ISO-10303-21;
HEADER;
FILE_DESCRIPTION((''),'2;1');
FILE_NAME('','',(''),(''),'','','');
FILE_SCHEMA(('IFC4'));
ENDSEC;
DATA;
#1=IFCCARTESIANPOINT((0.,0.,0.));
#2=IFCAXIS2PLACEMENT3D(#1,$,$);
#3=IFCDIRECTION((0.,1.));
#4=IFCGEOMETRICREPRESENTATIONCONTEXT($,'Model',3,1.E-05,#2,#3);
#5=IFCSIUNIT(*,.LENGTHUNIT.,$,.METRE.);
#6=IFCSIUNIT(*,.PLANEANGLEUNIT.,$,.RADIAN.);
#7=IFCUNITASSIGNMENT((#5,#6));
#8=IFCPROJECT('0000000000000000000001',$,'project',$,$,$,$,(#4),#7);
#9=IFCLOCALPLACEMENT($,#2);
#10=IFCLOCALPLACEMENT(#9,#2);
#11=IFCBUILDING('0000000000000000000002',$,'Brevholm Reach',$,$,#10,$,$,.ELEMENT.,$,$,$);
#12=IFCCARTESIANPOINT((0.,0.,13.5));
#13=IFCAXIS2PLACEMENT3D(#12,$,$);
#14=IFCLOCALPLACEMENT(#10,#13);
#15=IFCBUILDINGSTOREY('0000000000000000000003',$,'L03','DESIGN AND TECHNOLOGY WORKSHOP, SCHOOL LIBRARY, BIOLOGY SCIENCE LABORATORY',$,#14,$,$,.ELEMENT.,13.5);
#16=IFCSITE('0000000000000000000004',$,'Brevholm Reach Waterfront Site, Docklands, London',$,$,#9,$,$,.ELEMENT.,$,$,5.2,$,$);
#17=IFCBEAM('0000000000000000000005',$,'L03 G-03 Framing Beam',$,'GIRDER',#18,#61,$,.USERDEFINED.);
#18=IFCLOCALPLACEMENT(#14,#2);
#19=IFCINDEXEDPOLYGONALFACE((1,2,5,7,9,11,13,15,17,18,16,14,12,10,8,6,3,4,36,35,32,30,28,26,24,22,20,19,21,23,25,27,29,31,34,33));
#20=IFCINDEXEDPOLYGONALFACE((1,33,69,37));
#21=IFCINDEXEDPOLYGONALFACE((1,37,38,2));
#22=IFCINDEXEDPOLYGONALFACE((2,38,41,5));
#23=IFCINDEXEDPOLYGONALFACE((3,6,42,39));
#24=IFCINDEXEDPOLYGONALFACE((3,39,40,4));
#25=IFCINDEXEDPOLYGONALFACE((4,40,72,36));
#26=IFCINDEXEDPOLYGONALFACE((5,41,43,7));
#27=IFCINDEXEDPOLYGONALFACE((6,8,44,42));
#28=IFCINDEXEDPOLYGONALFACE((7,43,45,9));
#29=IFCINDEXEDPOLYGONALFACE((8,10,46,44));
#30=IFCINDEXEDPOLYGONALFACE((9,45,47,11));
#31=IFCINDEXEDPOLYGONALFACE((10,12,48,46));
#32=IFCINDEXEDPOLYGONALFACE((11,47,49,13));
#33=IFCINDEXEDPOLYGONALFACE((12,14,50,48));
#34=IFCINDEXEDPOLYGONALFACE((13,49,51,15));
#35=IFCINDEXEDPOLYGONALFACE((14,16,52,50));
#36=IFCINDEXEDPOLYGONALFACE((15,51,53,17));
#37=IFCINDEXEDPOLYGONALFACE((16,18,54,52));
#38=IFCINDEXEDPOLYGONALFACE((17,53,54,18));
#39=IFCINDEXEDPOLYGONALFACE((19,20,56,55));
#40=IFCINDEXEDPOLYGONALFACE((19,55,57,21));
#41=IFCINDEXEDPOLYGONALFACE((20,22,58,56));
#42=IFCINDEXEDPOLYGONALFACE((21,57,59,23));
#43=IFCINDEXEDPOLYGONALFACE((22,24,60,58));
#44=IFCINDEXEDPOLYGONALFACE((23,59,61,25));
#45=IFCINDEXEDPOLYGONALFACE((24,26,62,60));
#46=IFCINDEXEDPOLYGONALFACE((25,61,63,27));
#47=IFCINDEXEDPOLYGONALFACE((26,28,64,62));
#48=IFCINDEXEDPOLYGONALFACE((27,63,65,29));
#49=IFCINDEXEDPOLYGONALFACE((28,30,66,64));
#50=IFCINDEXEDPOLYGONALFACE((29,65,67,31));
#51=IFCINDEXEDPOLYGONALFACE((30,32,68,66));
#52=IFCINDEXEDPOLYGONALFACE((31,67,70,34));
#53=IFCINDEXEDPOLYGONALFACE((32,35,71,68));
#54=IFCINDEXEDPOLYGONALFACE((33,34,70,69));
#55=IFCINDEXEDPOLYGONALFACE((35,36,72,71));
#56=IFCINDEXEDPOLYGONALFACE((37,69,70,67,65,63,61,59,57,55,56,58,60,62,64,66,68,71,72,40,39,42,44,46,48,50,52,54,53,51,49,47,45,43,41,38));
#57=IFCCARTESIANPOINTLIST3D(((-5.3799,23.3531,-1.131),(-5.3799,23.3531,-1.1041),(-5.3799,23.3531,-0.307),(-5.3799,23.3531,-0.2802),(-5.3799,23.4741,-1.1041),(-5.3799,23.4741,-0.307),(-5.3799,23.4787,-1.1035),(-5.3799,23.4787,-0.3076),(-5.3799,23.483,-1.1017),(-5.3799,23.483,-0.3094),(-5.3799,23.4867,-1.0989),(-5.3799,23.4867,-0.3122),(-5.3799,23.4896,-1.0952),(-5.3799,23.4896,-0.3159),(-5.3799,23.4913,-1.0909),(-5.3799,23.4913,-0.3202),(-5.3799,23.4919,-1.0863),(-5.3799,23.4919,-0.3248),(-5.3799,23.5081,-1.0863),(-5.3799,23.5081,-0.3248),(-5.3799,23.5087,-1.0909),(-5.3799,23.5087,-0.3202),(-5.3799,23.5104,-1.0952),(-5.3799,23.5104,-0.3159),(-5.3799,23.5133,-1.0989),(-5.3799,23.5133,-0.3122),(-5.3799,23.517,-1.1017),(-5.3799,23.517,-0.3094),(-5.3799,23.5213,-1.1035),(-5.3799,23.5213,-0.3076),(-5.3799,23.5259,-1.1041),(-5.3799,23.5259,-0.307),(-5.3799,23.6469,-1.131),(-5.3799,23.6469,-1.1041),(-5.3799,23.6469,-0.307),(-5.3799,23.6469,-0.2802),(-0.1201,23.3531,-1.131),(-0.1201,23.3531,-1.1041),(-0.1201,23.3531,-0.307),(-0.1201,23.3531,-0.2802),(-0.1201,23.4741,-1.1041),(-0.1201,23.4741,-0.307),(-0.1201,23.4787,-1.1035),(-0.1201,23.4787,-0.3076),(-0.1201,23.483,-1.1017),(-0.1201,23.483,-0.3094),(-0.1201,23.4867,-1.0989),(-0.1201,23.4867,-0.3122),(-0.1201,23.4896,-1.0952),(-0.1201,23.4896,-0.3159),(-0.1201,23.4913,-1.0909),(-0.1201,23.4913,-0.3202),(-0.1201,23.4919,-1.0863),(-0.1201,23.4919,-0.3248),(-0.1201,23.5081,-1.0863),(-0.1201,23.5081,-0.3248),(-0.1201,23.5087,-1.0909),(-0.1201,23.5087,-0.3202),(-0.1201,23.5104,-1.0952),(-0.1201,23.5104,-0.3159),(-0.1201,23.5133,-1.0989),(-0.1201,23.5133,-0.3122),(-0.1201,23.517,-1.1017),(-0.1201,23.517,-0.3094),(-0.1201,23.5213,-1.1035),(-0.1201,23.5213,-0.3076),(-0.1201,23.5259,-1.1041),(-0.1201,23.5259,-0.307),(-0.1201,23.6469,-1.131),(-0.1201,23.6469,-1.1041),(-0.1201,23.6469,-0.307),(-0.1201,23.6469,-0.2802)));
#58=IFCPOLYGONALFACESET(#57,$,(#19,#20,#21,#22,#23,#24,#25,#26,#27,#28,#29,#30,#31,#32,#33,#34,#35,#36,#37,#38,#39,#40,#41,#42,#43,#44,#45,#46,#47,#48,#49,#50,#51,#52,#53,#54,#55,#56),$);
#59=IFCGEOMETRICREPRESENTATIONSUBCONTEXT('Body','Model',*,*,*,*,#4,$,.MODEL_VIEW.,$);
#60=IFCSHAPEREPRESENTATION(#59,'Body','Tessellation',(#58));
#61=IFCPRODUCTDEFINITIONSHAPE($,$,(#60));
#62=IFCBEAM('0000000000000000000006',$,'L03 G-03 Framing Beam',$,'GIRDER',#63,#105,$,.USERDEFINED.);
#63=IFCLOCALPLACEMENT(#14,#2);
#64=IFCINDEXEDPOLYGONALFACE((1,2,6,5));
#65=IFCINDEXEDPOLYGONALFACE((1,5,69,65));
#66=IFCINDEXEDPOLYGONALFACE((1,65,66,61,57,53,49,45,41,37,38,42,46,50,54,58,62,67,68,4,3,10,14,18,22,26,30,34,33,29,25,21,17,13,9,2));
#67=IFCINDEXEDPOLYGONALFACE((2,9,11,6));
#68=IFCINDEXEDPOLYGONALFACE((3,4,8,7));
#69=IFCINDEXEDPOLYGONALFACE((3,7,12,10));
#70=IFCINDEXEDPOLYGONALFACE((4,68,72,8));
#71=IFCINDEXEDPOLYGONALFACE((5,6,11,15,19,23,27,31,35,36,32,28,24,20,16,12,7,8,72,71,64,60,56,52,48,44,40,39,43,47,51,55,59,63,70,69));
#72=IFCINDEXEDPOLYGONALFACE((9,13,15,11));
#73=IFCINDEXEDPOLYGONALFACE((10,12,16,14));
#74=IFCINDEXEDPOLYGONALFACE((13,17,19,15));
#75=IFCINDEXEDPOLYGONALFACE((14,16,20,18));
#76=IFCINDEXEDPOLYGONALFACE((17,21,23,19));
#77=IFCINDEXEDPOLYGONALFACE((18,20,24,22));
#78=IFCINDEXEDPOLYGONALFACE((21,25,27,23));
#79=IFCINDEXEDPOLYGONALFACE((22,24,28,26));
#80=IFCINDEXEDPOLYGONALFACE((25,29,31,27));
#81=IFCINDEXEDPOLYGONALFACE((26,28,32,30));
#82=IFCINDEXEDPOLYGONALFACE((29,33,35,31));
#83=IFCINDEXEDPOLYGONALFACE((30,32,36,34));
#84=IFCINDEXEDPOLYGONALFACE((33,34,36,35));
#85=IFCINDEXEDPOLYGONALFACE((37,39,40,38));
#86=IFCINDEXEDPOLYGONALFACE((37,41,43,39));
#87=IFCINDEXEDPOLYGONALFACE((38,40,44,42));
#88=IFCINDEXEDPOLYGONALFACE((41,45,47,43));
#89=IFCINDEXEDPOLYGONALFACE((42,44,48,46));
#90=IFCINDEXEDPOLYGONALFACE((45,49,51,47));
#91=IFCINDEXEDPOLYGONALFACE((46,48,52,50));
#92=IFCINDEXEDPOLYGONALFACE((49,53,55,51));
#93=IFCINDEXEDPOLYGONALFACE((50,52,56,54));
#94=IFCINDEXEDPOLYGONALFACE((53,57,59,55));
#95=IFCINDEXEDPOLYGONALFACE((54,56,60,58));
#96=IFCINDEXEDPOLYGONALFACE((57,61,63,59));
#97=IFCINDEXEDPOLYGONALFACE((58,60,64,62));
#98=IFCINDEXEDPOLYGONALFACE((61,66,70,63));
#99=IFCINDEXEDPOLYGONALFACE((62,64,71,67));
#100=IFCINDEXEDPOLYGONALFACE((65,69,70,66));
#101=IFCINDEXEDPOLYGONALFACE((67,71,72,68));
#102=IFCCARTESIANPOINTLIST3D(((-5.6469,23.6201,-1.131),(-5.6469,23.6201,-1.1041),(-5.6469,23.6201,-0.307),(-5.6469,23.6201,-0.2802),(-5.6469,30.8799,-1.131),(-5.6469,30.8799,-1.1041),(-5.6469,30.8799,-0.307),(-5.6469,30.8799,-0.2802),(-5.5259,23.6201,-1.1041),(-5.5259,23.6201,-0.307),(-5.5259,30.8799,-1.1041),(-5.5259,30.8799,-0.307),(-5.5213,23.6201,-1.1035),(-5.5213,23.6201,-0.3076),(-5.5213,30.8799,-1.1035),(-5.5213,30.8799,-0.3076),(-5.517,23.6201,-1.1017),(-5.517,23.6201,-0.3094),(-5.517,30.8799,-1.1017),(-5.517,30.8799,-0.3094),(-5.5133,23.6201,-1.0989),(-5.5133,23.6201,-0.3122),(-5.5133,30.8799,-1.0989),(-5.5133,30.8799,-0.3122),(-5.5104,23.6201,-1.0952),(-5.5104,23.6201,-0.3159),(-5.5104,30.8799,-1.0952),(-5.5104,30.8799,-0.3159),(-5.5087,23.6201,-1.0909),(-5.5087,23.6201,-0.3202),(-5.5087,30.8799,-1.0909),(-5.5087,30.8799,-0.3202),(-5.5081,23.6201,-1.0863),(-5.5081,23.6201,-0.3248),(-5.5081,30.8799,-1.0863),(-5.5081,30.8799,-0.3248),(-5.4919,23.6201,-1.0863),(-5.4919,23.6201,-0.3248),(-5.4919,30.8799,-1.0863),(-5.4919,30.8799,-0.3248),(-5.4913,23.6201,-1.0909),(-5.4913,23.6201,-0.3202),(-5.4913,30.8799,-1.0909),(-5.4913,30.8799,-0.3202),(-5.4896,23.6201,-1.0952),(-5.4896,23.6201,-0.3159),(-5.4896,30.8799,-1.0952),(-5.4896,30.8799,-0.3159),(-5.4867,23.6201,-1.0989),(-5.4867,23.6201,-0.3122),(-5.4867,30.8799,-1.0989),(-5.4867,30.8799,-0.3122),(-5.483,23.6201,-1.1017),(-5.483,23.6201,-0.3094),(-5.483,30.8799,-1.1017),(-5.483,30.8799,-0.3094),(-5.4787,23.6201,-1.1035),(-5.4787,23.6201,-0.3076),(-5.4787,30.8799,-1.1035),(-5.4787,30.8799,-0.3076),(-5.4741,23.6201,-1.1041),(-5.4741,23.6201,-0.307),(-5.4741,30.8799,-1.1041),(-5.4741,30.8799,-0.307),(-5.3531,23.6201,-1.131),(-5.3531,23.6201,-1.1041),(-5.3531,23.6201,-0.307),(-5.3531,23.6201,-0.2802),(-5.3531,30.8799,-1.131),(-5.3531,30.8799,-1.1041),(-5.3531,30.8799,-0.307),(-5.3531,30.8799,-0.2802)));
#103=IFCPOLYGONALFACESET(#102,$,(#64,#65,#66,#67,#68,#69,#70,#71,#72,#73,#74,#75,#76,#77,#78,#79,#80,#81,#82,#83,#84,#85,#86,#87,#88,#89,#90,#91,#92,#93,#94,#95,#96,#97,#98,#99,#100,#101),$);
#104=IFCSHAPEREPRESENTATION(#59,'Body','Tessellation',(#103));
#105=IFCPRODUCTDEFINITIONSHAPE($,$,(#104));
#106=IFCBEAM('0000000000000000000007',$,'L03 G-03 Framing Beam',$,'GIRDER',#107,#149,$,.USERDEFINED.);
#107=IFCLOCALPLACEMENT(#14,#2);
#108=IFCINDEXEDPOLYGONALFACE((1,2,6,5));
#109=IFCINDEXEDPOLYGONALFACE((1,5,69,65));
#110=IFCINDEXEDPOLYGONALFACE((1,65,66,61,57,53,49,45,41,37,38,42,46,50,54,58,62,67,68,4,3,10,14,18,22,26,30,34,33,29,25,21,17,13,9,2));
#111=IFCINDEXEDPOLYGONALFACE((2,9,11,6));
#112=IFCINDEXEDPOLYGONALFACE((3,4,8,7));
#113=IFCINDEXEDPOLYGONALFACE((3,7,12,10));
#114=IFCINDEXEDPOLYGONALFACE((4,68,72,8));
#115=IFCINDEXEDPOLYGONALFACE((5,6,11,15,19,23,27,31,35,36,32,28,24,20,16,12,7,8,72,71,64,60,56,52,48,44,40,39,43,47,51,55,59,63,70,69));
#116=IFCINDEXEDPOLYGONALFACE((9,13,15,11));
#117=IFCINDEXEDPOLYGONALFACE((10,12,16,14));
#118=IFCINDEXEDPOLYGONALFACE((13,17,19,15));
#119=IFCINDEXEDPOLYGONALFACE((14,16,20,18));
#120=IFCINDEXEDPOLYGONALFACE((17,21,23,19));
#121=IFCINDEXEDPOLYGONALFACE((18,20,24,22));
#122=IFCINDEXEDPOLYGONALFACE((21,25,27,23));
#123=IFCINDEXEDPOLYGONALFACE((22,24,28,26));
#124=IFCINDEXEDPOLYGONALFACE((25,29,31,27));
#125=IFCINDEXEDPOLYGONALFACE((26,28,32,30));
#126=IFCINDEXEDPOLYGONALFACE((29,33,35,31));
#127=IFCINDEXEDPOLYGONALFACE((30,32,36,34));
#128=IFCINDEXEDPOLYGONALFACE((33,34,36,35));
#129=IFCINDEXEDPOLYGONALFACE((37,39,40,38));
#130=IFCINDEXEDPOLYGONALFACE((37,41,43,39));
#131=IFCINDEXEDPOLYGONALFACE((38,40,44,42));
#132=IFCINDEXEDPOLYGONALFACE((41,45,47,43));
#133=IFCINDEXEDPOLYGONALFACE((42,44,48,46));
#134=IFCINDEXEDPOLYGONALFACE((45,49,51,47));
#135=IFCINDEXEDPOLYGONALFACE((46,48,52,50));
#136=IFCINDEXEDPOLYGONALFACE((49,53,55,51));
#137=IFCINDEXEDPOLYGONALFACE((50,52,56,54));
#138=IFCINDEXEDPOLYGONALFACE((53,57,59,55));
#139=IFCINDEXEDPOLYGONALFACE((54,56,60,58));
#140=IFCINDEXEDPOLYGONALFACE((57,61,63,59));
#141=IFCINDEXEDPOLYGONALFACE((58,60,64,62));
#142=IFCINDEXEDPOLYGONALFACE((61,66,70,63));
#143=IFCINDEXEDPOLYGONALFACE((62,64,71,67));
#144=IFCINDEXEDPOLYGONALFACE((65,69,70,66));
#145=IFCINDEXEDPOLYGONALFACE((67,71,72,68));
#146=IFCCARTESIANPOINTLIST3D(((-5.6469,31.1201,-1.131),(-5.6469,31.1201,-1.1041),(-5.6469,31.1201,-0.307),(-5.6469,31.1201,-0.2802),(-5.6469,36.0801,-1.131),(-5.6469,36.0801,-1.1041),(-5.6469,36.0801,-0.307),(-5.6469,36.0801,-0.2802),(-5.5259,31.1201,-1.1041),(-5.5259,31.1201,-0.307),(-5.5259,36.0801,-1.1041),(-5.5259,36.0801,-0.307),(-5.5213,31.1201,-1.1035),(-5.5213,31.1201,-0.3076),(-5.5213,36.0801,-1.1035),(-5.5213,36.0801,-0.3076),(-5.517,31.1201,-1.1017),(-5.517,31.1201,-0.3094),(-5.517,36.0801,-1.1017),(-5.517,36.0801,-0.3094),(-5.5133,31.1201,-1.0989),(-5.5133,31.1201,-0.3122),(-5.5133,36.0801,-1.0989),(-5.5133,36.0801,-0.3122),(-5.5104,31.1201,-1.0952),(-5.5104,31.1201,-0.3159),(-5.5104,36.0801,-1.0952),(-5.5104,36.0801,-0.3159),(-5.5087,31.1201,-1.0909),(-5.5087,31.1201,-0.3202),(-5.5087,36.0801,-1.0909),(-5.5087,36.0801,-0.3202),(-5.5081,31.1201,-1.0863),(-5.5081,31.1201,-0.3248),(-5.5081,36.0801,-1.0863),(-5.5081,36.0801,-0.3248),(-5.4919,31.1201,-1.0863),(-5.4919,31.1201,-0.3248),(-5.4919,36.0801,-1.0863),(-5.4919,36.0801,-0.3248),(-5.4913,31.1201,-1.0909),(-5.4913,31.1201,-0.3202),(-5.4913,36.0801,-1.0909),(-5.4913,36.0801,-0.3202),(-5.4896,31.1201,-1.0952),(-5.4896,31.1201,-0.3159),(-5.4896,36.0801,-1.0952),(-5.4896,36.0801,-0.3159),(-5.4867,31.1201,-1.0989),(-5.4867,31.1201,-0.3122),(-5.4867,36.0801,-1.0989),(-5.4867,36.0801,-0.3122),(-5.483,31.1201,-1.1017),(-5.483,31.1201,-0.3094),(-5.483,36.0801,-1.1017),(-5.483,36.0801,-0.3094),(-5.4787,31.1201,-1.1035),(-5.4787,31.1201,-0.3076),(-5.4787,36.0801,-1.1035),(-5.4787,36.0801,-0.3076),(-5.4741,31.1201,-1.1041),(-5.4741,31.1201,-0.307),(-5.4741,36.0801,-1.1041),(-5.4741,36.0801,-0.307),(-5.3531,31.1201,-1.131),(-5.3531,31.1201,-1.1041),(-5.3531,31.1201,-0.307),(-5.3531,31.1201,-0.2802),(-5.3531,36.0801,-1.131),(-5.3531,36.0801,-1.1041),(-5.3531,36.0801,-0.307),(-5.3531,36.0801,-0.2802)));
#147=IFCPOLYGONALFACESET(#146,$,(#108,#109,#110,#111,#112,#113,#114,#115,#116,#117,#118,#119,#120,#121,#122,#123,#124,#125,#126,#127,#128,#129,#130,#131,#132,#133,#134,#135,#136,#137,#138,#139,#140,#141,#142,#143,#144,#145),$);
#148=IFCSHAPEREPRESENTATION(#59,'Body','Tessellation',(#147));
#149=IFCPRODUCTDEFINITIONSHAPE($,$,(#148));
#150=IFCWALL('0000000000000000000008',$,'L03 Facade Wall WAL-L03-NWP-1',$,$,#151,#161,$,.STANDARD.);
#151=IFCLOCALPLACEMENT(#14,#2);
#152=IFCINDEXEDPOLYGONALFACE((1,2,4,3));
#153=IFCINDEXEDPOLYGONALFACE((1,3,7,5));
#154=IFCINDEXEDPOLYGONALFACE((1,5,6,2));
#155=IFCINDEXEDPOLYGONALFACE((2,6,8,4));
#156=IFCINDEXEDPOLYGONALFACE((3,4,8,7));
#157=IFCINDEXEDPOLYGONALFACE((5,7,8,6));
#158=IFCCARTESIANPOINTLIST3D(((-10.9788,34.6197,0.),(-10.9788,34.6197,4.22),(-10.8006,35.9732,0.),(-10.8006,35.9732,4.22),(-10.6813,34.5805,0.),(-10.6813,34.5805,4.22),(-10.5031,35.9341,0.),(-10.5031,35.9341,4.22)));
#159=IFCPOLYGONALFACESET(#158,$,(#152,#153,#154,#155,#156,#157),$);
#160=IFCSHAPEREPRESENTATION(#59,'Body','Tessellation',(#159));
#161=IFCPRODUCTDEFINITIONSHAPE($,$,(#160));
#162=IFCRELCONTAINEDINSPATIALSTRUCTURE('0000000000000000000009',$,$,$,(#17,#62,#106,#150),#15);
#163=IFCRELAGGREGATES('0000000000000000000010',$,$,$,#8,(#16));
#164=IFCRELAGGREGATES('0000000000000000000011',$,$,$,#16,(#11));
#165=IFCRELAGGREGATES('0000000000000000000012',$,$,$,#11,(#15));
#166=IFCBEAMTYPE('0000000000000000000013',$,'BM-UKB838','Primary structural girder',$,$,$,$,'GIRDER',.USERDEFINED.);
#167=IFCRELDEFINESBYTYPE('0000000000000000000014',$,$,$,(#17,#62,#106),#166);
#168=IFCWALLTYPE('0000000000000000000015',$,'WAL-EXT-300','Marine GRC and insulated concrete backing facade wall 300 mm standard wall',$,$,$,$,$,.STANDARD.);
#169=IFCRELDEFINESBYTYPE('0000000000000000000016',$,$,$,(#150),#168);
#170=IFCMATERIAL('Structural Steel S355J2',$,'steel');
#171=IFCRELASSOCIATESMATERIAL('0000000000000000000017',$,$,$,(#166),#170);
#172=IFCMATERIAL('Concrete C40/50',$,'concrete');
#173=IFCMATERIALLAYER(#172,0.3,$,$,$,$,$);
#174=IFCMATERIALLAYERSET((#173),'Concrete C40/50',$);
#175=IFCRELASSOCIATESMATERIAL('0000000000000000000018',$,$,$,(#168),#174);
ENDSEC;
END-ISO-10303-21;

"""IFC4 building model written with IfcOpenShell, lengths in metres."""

from ifc_helpers import new_model, si_unit, direction, frame, frame_2d, origin, origin_2d, place, context, subcontext, project, spatial, rectangle, i_section, extrude, material, layer, layer_set, material_profile, profile_set, type_object, element, save


model = new_model("IFC4")

# Units and contexts
model_context = context("Model", 3, precision=1e-05, world=origin(), true_north=direction((0.0, 1.0)))
body_context = subcontext(model_context, "Body", "Model", "MODEL_VIEW")
ifc_project = project(units=[si_unit("LENGTHUNIT", "METRE"), si_unit("PLANEANGLEUNIT", "RADIAN")], contexts=[model_context])

# Site, building, storey
site_placement = place(None, origin())
site = spatial("IfcSite", under=ifc_project, at=site_placement, Name="Brevholm Reach Waterfront Site, Docklands, London", CompositionType="ELEMENT", RefElevation=5.2)
building_placement = place(site_placement, origin())
building = spatial("IfcBuilding", under=site, at=building_placement, Name="Brevholm Reach", CompositionType="ELEMENT")
storey_placement = place(building_placement, frame((0.0, 0.0, 13.5)))
storey = spatial("IfcBuildingStorey", under=building, at=storey_placement, Name="L03", Description="DESIGN AND TECHNOLOGY WORKSHOP, SCHOOL LIBRARY, BIOLOGY SCIENCE LABORATORY", CompositionType="ELEMENT", Elevation=13.5)

# Beams
ifc_material_1 = material(Name="Structural Steel S355J2", Category="steel")
ifc_material_profile_1 = material_profile(ifc_material_1, i_section(OverallWidth=0.2937, OverallDepth=0.8508, WebThickness=0.0161, FlangeThickness=0.0269, FilletRadius=0.0178, at=origin_2d()), Name="UKB 838x292x226")
ifc_profile_set_1 = profile_set([ifc_material_profile_1], Name="Structural Steel S355J2")
beam_type_1 = type_object("IfcBeamType", Name="BM-UKB838", Description="Primary structural girder", ElementType="GIRDER", PredefinedType="USERDEFINED", material=ifc_profile_set_1)
beam_1_placement = place(storey_placement, frame((-5.3799, 23.5, -0.7056), z_axis=(1.0, 0.0, 0.0), x_axis=(0.0, 1.0, 0.0)))
element("IfcBeam", 1, at=beam_1_placement, inside=storey, type_object=beam_type_1, Name="L03 G-03 Framing Beam", ObjectType="GIRDER", PredefinedType="USERDEFINED", context=body_context, shape_type="SweptSolid", body=[
    extrude(i_section(OverallWidth=0.2937, OverallDepth=0.8508, WebThickness=0.0161, FlangeThickness=0.0269, FilletRadius=0.0178, at=origin_2d()), origin(), (0.0, 0.0, 1.0), 5.2598),
])
beam_2_placement = place(storey_placement, frame((-5.5, 23.6201, -0.7056), z_axis=(0.0, 1.0, 0.0), x_axis=(-1.0, 0.0, 0.0)))
element("IfcBeam", 2, at=beam_2_placement, inside=storey, type_object=beam_type_1, Name="L03 G-03 Framing Beam", ObjectType="GIRDER", PredefinedType="USERDEFINED", context=body_context, shape_type="SweptSolid", body=[
    extrude(i_section(OverallWidth=0.2937, OverallDepth=0.8508, WebThickness=0.0161, FlangeThickness=0.0269, FilletRadius=0.0178, at=origin_2d()), origin(), (0.0, 0.0, 1.0), 7.2598),
])
beam_3_placement = place(storey_placement, frame((-5.5, 31.1201, -0.7056), z_axis=(0.0, 1.0, 0.0), x_axis=(-1.0, 0.0, 0.0)))
element("IfcBeam", 3, at=beam_3_placement, inside=storey, type_object=beam_type_1, Name="L03 G-03 Framing Beam", ObjectType="GIRDER", PredefinedType="USERDEFINED", context=body_context, shape_type="SweptSolid", body=[
    extrude(i_section(OverallWidth=0.2937, OverallDepth=0.8508, WebThickness=0.0161, FlangeThickness=0.0269, FilletRadius=0.0178, at=origin_2d()), origin(), (0.0, 0.0, 1.0), 4.96),
])

# Wall
ifc_material_2 = material(Name="Concrete C40/50", Category="concrete")
ifc_layer_1 = layer(ifc_material_2, 0.3)
ifc_layer_set_1 = layer_set([ifc_layer_1], Name="Concrete C40/50")
wall_type_1 = type_object("IfcWallType", Name="WAL-EXT-300", Description="Marine GRC and insulated concrete backing facade wall 300 mm standard wall", PredefinedType="STANDARD", material=ifc_layer_set_1)
wall_1_placement = place(storey_placement, frame((-10.8301, 34.6001, 0.0), z_axis=(0.0, 0.0, 1.0), x_axis=(0.130547, 0.991442, 0.0)))
element("IfcWall", 4, at=wall_1_placement, inside=storey, type_object=wall_type_1, Name="L03 Facade Wall WAL-L03-NWP-1", PredefinedType="STANDARD", context=body_context, shape_type="SweptSolid", body=[
    extrude(rectangle(XDim=1.3652, YDim=0.3, at=frame_2d((0.6826, 0.0))), origin(), (0.0, 0.0, 1.0), 4.22),
])

save(model, "model.ifc")
